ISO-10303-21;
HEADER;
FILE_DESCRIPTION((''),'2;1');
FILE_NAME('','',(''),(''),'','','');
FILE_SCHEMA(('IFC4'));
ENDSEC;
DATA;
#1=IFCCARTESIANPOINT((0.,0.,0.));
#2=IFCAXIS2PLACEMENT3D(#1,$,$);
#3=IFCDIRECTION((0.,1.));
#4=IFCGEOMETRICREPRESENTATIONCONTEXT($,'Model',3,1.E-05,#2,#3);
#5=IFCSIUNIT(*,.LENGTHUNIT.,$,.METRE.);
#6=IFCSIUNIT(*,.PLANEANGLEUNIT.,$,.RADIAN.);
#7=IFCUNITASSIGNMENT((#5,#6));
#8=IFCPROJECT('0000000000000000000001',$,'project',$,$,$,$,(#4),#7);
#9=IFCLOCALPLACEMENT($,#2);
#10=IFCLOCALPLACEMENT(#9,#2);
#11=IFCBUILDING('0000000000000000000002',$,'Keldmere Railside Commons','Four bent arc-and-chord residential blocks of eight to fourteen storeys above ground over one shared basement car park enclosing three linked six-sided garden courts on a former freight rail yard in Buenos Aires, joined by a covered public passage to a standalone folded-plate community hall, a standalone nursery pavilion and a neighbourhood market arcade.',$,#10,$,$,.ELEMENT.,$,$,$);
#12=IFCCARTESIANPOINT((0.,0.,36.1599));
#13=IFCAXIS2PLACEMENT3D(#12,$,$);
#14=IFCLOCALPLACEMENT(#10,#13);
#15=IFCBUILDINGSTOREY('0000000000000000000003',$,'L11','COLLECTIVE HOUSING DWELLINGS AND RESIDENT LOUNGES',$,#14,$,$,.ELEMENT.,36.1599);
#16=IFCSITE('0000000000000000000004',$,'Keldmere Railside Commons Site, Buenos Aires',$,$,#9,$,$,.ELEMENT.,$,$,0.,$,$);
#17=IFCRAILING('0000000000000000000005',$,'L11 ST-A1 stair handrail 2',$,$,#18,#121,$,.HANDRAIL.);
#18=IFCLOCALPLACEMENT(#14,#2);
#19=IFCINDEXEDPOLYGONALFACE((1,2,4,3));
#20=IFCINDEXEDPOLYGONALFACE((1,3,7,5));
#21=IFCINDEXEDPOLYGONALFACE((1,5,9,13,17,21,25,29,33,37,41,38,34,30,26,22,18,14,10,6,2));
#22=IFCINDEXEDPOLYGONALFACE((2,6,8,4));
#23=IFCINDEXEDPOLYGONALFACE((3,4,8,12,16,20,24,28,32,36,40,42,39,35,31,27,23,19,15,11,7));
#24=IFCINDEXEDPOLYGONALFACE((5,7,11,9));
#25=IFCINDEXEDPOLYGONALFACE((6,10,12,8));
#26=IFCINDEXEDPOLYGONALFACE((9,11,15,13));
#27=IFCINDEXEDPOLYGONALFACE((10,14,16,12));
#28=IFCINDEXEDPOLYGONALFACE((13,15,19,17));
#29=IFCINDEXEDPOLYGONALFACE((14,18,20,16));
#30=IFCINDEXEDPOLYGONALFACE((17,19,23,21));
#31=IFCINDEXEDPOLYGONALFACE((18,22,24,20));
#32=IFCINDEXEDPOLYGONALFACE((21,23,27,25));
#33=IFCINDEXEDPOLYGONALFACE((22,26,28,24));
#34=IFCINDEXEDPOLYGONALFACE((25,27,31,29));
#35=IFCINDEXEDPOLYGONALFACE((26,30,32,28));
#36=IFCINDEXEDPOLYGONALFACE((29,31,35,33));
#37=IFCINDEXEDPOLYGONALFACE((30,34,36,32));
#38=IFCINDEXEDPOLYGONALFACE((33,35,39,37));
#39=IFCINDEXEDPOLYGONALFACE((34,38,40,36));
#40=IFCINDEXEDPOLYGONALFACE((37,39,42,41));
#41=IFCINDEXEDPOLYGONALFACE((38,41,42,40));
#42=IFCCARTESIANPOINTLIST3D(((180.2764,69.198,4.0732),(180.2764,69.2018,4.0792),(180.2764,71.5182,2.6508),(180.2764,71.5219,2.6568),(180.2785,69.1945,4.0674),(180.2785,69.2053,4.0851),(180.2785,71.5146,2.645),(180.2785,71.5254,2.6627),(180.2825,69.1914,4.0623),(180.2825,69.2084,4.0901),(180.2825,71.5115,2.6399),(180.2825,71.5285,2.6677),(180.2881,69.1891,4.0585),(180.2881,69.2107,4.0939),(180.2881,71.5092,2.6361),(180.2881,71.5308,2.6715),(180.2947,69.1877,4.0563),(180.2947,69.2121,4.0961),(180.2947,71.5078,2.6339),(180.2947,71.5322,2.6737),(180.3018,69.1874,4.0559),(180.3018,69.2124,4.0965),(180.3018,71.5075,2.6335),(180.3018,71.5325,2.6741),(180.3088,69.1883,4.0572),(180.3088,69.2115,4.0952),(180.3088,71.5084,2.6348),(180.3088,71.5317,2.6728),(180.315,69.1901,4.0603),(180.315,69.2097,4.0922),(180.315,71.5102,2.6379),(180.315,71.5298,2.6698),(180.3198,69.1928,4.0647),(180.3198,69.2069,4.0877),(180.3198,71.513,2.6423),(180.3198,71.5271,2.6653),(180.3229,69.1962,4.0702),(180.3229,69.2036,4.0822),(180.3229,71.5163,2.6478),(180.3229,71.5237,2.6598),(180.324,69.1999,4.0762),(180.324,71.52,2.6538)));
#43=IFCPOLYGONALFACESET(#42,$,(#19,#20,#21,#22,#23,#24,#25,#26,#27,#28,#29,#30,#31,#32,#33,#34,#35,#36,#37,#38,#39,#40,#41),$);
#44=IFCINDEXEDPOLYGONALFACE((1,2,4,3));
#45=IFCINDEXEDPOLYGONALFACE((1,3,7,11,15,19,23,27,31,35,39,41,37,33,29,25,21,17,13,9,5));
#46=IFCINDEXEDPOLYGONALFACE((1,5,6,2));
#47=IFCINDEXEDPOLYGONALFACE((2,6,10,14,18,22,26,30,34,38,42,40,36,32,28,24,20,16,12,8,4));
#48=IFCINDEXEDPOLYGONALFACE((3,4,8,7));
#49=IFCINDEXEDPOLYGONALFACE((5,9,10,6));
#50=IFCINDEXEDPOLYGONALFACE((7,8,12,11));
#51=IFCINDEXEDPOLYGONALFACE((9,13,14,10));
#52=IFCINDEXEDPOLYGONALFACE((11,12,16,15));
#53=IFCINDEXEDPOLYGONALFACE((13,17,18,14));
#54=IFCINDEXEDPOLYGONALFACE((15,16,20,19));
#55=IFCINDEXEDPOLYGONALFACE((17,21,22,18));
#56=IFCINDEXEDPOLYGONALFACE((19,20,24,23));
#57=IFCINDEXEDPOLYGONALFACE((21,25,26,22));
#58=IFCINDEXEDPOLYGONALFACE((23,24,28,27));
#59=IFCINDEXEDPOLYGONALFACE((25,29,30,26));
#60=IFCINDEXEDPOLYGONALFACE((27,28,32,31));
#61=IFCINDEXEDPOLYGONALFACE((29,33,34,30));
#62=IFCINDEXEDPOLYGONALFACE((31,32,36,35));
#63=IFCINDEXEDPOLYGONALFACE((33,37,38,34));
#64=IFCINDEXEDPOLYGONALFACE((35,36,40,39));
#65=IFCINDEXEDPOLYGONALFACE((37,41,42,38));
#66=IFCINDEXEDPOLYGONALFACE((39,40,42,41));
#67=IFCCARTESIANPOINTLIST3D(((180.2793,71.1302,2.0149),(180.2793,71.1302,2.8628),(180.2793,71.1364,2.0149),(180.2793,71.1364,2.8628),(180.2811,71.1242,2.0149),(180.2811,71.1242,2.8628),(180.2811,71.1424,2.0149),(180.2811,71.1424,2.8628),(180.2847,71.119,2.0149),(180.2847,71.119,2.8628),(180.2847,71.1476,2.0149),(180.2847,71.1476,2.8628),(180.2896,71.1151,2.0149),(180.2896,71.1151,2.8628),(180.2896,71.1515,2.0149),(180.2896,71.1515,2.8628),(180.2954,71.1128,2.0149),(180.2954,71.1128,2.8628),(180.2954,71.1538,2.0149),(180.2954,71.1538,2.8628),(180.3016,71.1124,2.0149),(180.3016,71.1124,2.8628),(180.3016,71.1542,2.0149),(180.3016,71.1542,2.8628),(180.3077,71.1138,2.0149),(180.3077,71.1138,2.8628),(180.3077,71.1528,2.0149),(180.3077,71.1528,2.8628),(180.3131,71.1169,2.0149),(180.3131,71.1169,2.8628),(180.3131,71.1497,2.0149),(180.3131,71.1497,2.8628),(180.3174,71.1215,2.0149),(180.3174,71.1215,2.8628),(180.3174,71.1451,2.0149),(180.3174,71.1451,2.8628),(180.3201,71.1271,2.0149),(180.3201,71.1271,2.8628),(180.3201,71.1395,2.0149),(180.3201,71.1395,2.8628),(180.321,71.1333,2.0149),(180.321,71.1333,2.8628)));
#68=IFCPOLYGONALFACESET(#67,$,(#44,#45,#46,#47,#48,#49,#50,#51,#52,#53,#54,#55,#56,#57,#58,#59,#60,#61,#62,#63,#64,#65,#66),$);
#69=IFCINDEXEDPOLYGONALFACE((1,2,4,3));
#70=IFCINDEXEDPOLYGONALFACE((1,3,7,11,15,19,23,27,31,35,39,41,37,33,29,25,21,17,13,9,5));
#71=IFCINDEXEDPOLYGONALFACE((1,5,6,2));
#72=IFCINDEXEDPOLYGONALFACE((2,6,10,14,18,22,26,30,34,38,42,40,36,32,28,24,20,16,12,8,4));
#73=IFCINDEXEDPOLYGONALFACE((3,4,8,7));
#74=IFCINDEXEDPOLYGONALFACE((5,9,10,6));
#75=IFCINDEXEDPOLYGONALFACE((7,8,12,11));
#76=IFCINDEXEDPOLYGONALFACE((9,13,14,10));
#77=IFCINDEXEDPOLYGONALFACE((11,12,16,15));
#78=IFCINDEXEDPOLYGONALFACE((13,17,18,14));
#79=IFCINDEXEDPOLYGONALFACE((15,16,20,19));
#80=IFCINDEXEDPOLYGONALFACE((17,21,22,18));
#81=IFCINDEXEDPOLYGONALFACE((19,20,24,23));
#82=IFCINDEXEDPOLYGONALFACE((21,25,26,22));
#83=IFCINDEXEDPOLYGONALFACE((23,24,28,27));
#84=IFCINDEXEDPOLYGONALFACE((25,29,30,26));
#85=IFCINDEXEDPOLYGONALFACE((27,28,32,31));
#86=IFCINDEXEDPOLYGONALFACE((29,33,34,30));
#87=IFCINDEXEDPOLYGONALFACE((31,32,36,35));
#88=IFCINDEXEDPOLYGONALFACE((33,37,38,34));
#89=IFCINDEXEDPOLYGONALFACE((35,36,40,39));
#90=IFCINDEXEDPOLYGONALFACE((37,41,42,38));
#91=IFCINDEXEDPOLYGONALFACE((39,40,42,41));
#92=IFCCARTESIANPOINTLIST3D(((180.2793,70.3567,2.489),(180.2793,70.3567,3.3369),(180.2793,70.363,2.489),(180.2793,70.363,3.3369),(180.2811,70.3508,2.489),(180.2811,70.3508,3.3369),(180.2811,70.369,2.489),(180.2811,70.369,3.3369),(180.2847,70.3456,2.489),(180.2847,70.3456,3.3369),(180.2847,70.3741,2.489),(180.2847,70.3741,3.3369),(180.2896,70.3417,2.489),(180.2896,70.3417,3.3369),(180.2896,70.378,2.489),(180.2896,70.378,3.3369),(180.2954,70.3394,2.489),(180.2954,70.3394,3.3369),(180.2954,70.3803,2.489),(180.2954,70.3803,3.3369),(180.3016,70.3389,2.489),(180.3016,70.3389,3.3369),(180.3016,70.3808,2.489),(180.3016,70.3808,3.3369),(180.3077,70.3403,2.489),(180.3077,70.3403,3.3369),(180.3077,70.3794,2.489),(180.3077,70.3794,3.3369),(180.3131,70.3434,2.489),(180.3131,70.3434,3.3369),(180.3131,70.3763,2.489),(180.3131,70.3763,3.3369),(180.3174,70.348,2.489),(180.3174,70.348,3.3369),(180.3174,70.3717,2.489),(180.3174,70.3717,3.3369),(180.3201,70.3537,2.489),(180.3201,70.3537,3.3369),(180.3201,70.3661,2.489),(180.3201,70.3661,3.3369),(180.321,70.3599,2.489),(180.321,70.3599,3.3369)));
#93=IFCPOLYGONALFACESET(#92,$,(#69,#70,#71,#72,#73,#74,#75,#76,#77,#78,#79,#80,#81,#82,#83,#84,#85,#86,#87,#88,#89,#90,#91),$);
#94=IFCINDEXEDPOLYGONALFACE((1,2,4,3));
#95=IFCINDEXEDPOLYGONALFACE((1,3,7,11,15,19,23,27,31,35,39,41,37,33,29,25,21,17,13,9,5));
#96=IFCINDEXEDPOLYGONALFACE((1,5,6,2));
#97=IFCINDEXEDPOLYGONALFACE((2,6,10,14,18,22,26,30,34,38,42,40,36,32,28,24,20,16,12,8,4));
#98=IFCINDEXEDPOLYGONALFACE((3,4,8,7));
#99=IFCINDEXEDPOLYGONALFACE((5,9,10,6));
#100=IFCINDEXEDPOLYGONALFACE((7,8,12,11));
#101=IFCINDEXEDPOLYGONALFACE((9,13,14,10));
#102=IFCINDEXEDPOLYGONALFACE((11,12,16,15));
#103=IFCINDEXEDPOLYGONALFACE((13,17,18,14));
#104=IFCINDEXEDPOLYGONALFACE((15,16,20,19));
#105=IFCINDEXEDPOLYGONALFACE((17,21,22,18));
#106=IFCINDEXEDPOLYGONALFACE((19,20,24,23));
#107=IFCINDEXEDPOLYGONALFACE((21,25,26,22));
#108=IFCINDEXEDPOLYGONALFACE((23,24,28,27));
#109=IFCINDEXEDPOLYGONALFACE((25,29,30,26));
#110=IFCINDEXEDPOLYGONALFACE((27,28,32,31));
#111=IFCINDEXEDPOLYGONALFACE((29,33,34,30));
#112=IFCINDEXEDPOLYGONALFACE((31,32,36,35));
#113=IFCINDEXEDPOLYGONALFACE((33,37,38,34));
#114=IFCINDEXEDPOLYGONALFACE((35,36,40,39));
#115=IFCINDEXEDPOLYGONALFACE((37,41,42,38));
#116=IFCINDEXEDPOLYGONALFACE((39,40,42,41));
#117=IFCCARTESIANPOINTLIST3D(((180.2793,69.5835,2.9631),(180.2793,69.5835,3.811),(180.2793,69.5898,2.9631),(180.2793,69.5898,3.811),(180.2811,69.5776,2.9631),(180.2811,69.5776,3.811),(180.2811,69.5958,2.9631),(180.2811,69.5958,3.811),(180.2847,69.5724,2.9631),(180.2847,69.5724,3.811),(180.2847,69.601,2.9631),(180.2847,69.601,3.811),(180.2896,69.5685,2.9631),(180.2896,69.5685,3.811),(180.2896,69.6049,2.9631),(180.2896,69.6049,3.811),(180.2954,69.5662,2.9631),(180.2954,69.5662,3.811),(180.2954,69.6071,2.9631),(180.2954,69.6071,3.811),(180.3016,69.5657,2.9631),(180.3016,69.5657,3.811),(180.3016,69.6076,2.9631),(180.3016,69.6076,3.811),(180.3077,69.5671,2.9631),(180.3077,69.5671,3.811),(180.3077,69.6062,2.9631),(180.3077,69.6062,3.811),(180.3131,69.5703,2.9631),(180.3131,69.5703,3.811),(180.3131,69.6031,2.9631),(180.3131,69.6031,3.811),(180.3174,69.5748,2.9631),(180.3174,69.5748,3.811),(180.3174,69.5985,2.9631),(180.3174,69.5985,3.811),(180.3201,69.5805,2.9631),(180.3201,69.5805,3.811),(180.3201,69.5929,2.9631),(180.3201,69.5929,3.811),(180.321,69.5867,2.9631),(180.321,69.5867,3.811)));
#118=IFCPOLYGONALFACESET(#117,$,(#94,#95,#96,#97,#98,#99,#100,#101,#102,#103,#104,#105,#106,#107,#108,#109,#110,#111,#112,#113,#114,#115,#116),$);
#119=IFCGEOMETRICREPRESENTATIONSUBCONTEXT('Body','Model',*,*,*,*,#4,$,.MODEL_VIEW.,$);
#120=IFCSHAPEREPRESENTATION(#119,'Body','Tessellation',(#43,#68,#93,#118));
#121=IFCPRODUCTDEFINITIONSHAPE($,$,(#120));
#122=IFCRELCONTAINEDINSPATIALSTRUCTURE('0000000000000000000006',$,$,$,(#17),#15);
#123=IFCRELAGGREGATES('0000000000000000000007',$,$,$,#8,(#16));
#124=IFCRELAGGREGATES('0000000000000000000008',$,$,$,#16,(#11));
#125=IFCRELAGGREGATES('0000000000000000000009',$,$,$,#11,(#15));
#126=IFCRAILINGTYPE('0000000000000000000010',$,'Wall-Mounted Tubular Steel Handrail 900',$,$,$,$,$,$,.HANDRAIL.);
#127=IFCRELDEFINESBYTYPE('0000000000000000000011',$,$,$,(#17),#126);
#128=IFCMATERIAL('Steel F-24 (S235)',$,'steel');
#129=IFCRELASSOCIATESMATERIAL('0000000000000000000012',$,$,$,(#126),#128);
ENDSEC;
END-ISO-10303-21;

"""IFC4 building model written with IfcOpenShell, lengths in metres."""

from ifc_helpers import new_model, si_unit, direction, frame, origin, origin_2d, place, context, subcontext, project, spatial, circle, extrude, material, type_object, element, save


model = new_model("IFC4")

# Units and contexts
model_context = context("Model", 3, precision=1e-05, world=origin(), true_north=direction((0.0, 1.0)))
body_context = subcontext(model_context, "Body", "Model", "MODEL_VIEW")
ifc_project = project(units=[si_unit("LENGTHUNIT", "METRE"), si_unit("PLANEANGLEUNIT", "RADIAN")], contexts=[model_context])

# Site, building, storey
site_placement = place(None, origin())
site = spatial("IfcSite", under=ifc_project, at=site_placement, Name="Keldmere Railside Commons Site, Buenos Aires", CompositionType="ELEMENT", RefElevation=0.0)
building_placement = place(site_placement, origin())
building = spatial("IfcBuilding", under=site, at=building_placement, Name="Keldmere Railside Commons", Description="Four bent arc-and-chord residential blocks of eight to fourteen storeys above ground over one shared basement car park enclosing three linked six-sided garden courts on a former freight rail yard in Buenos Aires, joined by a covered public passage to a standalone folded-plate community hall, a standalone nursery pavilion and a neighbourhood market arcade.", CompositionType="ELEMENT")
storey_placement = place(building_placement, frame((0.0, 0.0, 36.1599)))
storey = spatial("IfcBuildingStorey", under=building, at=storey_placement, Name="L11", Description="COLLECTIVE HOUSING DWELLINGS AND RESIDENT LOUNGES", CompositionType="ELEMENT", Elevation=36.1599)

# Shared definitions
ifc_material_1 = material(Name="Steel F-24 (S235)", Category="steel")

# Railing
railing_type_1 = type_object("IfcRailingType", Name="Wall-Mounted Tubular Steel Handrail 900", PredefinedType="HANDRAIL", material=ifc_material_1)
railing_1_placement = place(storey_placement, frame((180.3, 71.52, 1.7778)))
element("IfcRailing", 1, at=railing_1_placement, inside=storey, type_object=railing_type_1, Name="L11 ST-A1 stair handrail 2", PredefinedType="HANDRAIL", context=body_context, shape_type="SweptSolid", body=[
    extrude(circle(Radius=0.0239, at=origin_2d()), frame((0.0, 0.0, 0.876), z_axis=(0.0, -0.852538, 0.522665), x_axis=(1.0, 0.0, 0.0)), (0.0, 0.0, 1.0), 2.7214),
    extrude(circle(Radius=0.021, at=origin_2d()), frame((0.0, -0.3867, 0.2371)), (0.0, 0.0, 1.0), 0.8479),
    extrude(circle(Radius=0.021, at=origin_2d()), frame((0.0, -1.1602, 0.7112)), (0.0, 0.0, 1.0), 0.8479),
    extrude(circle(Radius=0.021, at=origin_2d()), frame((0.0, -1.9333, 1.1853)), (0.0, 0.0, 1.0), 0.8479),
])

save(model, "model.ifc")
